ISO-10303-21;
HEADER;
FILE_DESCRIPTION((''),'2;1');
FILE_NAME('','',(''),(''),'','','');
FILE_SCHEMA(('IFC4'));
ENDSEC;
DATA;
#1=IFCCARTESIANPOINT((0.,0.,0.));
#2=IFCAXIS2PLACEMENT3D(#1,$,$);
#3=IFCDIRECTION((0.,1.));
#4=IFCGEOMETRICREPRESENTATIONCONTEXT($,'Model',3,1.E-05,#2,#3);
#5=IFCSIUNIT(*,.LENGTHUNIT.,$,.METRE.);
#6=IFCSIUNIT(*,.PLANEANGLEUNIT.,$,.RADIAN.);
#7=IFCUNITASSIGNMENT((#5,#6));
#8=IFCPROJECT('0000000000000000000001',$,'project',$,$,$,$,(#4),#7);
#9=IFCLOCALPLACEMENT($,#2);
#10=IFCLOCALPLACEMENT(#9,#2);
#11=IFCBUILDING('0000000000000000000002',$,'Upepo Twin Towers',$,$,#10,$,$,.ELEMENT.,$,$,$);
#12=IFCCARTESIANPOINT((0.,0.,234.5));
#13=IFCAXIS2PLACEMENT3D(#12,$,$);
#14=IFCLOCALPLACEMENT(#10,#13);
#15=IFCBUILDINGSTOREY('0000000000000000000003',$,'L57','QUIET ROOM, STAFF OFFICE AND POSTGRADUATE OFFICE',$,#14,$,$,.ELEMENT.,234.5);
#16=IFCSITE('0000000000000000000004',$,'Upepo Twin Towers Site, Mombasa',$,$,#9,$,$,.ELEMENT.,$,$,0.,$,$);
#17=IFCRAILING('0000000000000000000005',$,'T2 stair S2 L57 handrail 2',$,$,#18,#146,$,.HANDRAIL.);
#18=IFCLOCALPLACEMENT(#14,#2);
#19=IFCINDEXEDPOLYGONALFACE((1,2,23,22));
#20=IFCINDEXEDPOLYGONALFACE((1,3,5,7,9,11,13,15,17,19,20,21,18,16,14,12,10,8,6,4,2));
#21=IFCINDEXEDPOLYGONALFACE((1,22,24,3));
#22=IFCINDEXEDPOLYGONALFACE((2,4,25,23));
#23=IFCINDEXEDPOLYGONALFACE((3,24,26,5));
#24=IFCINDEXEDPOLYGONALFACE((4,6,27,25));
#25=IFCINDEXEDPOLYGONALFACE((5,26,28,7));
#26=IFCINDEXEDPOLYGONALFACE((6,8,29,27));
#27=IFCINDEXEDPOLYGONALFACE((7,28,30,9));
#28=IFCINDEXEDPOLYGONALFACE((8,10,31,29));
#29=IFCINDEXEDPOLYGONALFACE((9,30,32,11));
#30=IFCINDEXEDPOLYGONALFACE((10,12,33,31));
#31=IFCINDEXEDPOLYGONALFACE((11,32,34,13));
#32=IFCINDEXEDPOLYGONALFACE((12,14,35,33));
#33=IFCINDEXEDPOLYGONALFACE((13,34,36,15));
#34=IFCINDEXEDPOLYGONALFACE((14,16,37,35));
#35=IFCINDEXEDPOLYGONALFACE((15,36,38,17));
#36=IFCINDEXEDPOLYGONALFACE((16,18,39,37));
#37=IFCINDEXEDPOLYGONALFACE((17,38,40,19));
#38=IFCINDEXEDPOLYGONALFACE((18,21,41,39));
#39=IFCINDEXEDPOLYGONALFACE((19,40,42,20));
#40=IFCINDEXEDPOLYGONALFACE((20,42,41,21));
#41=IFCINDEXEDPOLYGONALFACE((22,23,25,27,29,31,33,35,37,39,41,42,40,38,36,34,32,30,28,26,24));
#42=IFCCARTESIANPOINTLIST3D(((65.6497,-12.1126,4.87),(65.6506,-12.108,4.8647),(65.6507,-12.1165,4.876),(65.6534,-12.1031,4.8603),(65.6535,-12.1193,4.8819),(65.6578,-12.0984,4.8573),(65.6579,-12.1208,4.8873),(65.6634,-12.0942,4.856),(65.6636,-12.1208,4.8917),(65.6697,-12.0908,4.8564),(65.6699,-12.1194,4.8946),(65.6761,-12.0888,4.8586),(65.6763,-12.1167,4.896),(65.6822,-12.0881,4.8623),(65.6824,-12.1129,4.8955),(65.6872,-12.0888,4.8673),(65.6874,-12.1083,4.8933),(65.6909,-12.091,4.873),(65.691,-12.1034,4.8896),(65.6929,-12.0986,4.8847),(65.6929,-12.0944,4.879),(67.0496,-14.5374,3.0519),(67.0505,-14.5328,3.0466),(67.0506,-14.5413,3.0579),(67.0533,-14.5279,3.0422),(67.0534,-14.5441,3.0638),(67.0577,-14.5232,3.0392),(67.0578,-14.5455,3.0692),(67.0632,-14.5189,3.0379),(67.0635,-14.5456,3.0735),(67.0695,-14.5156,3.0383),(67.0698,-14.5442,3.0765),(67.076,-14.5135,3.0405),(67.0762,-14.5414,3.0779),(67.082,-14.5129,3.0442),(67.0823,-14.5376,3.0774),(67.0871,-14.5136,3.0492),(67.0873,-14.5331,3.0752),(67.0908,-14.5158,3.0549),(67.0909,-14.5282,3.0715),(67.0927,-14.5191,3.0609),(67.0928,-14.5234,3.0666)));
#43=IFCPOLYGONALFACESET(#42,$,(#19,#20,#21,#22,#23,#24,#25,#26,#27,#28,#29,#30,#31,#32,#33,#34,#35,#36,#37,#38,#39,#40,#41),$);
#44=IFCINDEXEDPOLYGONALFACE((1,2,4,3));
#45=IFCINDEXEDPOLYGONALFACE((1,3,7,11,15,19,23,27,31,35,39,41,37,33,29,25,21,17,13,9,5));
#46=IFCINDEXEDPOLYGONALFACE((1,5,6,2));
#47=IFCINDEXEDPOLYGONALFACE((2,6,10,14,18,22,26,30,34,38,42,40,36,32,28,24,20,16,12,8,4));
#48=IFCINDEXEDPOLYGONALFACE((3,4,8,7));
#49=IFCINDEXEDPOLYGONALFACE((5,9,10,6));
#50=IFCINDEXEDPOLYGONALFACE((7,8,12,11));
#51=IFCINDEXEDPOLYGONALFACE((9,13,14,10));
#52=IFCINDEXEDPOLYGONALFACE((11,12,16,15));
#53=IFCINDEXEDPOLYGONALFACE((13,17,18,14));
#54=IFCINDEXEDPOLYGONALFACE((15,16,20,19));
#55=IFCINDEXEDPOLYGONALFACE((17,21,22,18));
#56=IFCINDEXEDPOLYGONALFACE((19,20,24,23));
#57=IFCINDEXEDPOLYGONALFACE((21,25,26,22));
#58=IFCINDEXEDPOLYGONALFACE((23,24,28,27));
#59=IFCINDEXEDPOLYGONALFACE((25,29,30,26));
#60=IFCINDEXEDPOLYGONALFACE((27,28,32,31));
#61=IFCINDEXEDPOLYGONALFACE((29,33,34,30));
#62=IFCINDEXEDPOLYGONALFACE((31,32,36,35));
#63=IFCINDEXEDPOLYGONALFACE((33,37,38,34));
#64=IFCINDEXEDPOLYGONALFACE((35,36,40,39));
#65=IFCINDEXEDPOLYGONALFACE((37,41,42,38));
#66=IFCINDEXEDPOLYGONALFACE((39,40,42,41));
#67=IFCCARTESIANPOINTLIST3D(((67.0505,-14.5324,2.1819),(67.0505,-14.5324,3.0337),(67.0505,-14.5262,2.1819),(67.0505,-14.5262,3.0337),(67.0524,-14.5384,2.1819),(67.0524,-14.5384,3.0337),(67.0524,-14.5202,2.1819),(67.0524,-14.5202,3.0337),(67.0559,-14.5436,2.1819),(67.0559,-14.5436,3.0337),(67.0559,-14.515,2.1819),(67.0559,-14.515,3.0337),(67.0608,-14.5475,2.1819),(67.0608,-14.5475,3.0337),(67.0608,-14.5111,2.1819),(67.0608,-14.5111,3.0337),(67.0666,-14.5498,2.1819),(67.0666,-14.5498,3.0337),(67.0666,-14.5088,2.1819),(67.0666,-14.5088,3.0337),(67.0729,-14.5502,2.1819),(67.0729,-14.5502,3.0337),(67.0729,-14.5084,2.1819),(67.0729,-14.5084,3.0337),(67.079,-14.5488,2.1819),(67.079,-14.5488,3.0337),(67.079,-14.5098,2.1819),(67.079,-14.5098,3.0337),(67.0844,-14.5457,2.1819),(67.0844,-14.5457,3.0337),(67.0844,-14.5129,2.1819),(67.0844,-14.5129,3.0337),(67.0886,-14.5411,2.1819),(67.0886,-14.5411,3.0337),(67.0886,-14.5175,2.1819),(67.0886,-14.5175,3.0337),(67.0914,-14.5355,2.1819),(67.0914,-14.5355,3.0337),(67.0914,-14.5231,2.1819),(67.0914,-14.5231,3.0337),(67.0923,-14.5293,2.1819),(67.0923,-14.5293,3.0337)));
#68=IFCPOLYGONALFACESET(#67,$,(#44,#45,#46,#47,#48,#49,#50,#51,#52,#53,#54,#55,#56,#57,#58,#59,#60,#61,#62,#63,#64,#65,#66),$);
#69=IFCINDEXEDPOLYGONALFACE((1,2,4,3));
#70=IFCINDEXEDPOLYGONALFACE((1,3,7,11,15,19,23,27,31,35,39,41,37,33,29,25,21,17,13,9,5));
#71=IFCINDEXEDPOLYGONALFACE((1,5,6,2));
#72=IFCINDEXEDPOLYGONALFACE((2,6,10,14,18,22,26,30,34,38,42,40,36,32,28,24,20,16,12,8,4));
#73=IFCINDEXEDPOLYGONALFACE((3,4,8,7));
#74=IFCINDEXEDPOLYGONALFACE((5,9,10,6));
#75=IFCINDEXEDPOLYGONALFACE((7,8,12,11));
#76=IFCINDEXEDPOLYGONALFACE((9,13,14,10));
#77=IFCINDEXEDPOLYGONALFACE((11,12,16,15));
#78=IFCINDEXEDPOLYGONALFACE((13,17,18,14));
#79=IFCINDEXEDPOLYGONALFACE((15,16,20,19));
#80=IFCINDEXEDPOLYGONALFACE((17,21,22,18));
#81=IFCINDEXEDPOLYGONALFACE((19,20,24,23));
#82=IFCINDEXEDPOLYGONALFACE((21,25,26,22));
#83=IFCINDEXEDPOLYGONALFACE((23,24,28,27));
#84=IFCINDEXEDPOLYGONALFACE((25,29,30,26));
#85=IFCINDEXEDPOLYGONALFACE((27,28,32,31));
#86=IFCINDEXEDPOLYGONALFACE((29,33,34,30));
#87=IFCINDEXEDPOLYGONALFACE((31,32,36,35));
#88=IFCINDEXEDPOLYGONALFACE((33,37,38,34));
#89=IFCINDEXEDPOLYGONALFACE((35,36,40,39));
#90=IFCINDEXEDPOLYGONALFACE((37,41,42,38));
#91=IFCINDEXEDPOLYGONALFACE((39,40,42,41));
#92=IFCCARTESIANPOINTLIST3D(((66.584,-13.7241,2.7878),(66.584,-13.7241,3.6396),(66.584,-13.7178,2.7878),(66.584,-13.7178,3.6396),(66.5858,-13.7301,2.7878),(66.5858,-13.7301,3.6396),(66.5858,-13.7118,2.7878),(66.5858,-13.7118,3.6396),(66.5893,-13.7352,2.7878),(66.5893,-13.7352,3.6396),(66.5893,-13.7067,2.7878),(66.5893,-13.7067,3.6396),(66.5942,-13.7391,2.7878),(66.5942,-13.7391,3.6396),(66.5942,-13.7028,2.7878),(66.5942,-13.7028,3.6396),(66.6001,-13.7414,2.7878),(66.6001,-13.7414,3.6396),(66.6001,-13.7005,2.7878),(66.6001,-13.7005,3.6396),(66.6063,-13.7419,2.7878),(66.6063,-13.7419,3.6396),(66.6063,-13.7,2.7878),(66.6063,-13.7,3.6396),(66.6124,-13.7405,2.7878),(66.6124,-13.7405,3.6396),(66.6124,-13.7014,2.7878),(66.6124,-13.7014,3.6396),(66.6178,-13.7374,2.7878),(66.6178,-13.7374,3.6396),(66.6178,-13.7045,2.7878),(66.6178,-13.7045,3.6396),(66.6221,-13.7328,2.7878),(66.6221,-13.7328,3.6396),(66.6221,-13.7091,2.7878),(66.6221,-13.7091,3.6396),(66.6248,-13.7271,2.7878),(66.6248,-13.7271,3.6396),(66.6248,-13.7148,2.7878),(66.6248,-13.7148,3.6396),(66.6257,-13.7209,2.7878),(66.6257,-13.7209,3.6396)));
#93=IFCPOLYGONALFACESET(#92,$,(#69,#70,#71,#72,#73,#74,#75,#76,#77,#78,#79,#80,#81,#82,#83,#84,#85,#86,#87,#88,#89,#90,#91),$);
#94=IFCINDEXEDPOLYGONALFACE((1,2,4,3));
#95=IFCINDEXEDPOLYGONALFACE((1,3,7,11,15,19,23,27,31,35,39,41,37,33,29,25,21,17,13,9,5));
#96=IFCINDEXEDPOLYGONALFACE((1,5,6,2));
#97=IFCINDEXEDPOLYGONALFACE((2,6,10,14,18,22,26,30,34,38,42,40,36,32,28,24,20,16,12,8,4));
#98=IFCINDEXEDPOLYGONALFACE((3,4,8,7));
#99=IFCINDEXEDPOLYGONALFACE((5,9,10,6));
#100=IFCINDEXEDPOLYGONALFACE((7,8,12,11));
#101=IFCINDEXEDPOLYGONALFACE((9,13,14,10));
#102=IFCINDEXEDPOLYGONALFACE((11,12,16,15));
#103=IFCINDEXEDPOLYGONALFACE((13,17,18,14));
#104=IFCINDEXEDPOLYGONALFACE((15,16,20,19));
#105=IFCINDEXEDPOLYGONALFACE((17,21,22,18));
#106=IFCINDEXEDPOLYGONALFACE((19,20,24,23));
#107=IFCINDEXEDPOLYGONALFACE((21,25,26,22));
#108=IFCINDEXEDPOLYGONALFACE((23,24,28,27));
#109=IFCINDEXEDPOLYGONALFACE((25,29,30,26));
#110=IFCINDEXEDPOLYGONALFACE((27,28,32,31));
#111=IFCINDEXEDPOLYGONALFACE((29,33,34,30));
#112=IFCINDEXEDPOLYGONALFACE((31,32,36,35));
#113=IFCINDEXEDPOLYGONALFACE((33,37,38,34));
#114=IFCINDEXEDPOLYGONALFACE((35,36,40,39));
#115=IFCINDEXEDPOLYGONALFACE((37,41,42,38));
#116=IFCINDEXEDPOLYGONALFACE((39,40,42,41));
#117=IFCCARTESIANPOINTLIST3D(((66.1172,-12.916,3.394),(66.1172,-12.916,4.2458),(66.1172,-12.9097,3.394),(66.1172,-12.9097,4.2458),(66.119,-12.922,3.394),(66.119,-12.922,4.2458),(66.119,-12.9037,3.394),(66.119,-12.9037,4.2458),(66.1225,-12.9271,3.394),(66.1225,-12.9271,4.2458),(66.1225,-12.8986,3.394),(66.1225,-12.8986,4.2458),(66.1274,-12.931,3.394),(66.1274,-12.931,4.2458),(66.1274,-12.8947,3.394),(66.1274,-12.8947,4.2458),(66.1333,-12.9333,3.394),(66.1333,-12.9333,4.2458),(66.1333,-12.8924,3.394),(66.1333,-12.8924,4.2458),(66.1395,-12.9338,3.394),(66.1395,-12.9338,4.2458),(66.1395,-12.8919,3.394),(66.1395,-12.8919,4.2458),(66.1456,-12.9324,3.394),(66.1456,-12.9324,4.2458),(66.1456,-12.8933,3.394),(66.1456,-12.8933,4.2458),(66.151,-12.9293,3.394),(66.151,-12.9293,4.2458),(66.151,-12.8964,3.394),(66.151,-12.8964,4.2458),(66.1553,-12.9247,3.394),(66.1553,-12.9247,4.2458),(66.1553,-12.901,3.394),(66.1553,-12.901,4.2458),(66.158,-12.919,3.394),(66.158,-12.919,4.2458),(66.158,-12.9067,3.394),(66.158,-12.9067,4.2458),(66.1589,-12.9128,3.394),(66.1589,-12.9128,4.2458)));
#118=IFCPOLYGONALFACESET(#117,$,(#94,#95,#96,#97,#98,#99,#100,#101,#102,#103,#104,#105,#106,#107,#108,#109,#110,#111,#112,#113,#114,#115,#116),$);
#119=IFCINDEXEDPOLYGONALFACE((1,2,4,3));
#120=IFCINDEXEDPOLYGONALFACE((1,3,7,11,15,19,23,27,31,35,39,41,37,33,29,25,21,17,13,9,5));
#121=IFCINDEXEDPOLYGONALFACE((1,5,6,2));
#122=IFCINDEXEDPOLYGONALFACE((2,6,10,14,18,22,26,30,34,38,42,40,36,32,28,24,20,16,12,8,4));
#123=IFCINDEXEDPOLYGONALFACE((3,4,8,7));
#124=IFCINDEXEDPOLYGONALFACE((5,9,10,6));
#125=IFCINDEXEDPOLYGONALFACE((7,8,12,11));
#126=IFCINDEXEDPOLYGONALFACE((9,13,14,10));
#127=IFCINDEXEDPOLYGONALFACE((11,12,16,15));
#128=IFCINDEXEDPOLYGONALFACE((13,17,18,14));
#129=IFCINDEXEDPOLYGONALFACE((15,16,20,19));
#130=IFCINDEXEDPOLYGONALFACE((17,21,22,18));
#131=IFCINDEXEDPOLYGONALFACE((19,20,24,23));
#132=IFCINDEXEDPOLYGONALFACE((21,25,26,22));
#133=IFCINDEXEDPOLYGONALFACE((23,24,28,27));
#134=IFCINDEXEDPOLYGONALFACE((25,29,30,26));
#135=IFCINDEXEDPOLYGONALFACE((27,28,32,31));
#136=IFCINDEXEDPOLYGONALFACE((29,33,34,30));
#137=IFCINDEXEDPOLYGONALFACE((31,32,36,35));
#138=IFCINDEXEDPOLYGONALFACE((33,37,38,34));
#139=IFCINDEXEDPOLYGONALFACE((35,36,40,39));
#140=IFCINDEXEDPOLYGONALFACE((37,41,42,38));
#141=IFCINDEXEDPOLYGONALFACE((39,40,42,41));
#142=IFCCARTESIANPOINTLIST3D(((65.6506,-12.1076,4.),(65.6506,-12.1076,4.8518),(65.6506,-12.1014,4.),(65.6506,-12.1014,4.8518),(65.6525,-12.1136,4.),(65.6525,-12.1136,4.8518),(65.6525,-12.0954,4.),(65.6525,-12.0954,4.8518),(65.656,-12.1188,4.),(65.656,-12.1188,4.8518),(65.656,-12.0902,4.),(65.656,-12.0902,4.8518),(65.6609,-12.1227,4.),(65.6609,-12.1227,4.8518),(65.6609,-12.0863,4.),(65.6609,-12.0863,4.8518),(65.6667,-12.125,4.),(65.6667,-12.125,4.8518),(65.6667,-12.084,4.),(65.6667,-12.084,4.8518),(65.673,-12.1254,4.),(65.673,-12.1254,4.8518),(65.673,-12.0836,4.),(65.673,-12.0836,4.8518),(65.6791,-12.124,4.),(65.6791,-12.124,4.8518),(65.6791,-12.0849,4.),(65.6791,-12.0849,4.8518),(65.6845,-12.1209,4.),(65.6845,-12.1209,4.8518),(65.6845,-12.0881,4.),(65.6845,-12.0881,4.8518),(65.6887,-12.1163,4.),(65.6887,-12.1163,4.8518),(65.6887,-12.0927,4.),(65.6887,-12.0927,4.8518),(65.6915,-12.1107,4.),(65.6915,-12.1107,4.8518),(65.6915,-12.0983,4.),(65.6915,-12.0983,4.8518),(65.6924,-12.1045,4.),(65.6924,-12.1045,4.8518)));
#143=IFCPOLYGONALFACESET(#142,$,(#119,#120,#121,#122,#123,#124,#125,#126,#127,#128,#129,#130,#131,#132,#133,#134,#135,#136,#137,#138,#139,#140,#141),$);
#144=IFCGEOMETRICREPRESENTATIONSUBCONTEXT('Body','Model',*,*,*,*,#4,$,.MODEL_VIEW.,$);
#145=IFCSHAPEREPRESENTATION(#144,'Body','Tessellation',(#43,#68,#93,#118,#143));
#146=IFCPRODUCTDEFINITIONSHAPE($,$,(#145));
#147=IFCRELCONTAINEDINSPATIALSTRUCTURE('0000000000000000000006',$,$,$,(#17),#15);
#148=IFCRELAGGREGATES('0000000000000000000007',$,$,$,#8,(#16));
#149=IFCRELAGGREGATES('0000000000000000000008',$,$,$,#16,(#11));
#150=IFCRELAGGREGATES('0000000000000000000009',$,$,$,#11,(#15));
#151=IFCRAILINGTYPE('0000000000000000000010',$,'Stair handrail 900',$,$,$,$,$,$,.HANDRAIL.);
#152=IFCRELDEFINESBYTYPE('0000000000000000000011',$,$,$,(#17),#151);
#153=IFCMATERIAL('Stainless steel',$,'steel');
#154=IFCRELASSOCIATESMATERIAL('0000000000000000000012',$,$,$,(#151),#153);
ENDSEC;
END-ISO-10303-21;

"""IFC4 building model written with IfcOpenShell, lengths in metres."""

from ifc_helpers import new_model, si_unit, direction, frame, origin, origin_2d, place, context, subcontext, project, spatial, circle, extrude, material, type_object, element, save


model = new_model("IFC4")

# Units and contexts
model_context = context("Model", 3, precision=1e-05, world=origin(), true_north=direction((0.0, 1.0)))
body_context = subcontext(model_context, "Body", "Model", "MODEL_VIEW")
ifc_project = project(units=[si_unit("LENGTHUNIT", "METRE"), si_unit("PLANEANGLEUNIT", "RADIAN")], contexts=[model_context])

# Site, building, storey
site_placement = place(None, origin())
site = spatial("IfcSite", under=ifc_project, at=site_placement, Name="Upepo Twin Towers Site, Mombasa", CompositionType="ELEMENT", RefElevation=0.0)
building_placement = place(site_placement, origin())
building = spatial("IfcBuilding", under=site, at=building_placement, Name="Upepo Twin Towers", CompositionType="ELEMENT")
storey_placement = place(building_placement, frame((0.0, 0.0, 234.5)))
storey = spatial("IfcBuildingStorey", under=building, at=storey_placement, Name="L57", Description="QUIET ROOM, STAFF OFFICE AND POSTGRADUATE OFFICE", CompositionType="ELEMENT", Elevation=234.5)

# Railing
ifc_material_1 = material(Name="Stainless steel", Category="steel")
railing_type = type_object("IfcRailingType", Name="Stair handrail 900", PredefinedType="HANDRAIL", material=ifc_material_1)
railing_1_placement = place(storey_placement, frame((67.0713, -14.5293, 2.1819)))
element("IfcRailing", 1, at=railing_1_placement, inside=storey, type_object=railing_type, Name="T2 stair S2 L57 handrail 2", PredefinedType="HANDRAIL", context=body_context, shape_type="SweptSolid", body=[
    extrude(circle(Radius=0.0239, at=origin_2d()), frame((0.0, 0.0, 0.876), z_axis=(-0.419333, 0.726336, 0.544606), x_axis=(-0.866035, -0.499984, 0.0)), (0.0, 0.0, 1.0), 3.3384),
    extrude(circle(Radius=0.021, at=origin_2d()), origin(), (0.0, 0.0, 1.0), 0.8518),
    extrude(circle(Radius=0.021, at=origin_2d()), frame((-0.4666, 0.8083, 0.606)), (0.0, 0.0, 1.0), 0.8518),
    extrude(circle(Radius=0.021, at=origin_2d()), frame((-0.9333, 1.6165, 1.2122)), (0.0, 0.0, 1.0), 0.8518),
    extrude(circle(Radius=0.021, at=origin_2d()), frame((-1.3999, 2.4248, 1.8181)), (0.0, 0.0, 1.0), 0.8518),
])

save(model, "model.ifc")
